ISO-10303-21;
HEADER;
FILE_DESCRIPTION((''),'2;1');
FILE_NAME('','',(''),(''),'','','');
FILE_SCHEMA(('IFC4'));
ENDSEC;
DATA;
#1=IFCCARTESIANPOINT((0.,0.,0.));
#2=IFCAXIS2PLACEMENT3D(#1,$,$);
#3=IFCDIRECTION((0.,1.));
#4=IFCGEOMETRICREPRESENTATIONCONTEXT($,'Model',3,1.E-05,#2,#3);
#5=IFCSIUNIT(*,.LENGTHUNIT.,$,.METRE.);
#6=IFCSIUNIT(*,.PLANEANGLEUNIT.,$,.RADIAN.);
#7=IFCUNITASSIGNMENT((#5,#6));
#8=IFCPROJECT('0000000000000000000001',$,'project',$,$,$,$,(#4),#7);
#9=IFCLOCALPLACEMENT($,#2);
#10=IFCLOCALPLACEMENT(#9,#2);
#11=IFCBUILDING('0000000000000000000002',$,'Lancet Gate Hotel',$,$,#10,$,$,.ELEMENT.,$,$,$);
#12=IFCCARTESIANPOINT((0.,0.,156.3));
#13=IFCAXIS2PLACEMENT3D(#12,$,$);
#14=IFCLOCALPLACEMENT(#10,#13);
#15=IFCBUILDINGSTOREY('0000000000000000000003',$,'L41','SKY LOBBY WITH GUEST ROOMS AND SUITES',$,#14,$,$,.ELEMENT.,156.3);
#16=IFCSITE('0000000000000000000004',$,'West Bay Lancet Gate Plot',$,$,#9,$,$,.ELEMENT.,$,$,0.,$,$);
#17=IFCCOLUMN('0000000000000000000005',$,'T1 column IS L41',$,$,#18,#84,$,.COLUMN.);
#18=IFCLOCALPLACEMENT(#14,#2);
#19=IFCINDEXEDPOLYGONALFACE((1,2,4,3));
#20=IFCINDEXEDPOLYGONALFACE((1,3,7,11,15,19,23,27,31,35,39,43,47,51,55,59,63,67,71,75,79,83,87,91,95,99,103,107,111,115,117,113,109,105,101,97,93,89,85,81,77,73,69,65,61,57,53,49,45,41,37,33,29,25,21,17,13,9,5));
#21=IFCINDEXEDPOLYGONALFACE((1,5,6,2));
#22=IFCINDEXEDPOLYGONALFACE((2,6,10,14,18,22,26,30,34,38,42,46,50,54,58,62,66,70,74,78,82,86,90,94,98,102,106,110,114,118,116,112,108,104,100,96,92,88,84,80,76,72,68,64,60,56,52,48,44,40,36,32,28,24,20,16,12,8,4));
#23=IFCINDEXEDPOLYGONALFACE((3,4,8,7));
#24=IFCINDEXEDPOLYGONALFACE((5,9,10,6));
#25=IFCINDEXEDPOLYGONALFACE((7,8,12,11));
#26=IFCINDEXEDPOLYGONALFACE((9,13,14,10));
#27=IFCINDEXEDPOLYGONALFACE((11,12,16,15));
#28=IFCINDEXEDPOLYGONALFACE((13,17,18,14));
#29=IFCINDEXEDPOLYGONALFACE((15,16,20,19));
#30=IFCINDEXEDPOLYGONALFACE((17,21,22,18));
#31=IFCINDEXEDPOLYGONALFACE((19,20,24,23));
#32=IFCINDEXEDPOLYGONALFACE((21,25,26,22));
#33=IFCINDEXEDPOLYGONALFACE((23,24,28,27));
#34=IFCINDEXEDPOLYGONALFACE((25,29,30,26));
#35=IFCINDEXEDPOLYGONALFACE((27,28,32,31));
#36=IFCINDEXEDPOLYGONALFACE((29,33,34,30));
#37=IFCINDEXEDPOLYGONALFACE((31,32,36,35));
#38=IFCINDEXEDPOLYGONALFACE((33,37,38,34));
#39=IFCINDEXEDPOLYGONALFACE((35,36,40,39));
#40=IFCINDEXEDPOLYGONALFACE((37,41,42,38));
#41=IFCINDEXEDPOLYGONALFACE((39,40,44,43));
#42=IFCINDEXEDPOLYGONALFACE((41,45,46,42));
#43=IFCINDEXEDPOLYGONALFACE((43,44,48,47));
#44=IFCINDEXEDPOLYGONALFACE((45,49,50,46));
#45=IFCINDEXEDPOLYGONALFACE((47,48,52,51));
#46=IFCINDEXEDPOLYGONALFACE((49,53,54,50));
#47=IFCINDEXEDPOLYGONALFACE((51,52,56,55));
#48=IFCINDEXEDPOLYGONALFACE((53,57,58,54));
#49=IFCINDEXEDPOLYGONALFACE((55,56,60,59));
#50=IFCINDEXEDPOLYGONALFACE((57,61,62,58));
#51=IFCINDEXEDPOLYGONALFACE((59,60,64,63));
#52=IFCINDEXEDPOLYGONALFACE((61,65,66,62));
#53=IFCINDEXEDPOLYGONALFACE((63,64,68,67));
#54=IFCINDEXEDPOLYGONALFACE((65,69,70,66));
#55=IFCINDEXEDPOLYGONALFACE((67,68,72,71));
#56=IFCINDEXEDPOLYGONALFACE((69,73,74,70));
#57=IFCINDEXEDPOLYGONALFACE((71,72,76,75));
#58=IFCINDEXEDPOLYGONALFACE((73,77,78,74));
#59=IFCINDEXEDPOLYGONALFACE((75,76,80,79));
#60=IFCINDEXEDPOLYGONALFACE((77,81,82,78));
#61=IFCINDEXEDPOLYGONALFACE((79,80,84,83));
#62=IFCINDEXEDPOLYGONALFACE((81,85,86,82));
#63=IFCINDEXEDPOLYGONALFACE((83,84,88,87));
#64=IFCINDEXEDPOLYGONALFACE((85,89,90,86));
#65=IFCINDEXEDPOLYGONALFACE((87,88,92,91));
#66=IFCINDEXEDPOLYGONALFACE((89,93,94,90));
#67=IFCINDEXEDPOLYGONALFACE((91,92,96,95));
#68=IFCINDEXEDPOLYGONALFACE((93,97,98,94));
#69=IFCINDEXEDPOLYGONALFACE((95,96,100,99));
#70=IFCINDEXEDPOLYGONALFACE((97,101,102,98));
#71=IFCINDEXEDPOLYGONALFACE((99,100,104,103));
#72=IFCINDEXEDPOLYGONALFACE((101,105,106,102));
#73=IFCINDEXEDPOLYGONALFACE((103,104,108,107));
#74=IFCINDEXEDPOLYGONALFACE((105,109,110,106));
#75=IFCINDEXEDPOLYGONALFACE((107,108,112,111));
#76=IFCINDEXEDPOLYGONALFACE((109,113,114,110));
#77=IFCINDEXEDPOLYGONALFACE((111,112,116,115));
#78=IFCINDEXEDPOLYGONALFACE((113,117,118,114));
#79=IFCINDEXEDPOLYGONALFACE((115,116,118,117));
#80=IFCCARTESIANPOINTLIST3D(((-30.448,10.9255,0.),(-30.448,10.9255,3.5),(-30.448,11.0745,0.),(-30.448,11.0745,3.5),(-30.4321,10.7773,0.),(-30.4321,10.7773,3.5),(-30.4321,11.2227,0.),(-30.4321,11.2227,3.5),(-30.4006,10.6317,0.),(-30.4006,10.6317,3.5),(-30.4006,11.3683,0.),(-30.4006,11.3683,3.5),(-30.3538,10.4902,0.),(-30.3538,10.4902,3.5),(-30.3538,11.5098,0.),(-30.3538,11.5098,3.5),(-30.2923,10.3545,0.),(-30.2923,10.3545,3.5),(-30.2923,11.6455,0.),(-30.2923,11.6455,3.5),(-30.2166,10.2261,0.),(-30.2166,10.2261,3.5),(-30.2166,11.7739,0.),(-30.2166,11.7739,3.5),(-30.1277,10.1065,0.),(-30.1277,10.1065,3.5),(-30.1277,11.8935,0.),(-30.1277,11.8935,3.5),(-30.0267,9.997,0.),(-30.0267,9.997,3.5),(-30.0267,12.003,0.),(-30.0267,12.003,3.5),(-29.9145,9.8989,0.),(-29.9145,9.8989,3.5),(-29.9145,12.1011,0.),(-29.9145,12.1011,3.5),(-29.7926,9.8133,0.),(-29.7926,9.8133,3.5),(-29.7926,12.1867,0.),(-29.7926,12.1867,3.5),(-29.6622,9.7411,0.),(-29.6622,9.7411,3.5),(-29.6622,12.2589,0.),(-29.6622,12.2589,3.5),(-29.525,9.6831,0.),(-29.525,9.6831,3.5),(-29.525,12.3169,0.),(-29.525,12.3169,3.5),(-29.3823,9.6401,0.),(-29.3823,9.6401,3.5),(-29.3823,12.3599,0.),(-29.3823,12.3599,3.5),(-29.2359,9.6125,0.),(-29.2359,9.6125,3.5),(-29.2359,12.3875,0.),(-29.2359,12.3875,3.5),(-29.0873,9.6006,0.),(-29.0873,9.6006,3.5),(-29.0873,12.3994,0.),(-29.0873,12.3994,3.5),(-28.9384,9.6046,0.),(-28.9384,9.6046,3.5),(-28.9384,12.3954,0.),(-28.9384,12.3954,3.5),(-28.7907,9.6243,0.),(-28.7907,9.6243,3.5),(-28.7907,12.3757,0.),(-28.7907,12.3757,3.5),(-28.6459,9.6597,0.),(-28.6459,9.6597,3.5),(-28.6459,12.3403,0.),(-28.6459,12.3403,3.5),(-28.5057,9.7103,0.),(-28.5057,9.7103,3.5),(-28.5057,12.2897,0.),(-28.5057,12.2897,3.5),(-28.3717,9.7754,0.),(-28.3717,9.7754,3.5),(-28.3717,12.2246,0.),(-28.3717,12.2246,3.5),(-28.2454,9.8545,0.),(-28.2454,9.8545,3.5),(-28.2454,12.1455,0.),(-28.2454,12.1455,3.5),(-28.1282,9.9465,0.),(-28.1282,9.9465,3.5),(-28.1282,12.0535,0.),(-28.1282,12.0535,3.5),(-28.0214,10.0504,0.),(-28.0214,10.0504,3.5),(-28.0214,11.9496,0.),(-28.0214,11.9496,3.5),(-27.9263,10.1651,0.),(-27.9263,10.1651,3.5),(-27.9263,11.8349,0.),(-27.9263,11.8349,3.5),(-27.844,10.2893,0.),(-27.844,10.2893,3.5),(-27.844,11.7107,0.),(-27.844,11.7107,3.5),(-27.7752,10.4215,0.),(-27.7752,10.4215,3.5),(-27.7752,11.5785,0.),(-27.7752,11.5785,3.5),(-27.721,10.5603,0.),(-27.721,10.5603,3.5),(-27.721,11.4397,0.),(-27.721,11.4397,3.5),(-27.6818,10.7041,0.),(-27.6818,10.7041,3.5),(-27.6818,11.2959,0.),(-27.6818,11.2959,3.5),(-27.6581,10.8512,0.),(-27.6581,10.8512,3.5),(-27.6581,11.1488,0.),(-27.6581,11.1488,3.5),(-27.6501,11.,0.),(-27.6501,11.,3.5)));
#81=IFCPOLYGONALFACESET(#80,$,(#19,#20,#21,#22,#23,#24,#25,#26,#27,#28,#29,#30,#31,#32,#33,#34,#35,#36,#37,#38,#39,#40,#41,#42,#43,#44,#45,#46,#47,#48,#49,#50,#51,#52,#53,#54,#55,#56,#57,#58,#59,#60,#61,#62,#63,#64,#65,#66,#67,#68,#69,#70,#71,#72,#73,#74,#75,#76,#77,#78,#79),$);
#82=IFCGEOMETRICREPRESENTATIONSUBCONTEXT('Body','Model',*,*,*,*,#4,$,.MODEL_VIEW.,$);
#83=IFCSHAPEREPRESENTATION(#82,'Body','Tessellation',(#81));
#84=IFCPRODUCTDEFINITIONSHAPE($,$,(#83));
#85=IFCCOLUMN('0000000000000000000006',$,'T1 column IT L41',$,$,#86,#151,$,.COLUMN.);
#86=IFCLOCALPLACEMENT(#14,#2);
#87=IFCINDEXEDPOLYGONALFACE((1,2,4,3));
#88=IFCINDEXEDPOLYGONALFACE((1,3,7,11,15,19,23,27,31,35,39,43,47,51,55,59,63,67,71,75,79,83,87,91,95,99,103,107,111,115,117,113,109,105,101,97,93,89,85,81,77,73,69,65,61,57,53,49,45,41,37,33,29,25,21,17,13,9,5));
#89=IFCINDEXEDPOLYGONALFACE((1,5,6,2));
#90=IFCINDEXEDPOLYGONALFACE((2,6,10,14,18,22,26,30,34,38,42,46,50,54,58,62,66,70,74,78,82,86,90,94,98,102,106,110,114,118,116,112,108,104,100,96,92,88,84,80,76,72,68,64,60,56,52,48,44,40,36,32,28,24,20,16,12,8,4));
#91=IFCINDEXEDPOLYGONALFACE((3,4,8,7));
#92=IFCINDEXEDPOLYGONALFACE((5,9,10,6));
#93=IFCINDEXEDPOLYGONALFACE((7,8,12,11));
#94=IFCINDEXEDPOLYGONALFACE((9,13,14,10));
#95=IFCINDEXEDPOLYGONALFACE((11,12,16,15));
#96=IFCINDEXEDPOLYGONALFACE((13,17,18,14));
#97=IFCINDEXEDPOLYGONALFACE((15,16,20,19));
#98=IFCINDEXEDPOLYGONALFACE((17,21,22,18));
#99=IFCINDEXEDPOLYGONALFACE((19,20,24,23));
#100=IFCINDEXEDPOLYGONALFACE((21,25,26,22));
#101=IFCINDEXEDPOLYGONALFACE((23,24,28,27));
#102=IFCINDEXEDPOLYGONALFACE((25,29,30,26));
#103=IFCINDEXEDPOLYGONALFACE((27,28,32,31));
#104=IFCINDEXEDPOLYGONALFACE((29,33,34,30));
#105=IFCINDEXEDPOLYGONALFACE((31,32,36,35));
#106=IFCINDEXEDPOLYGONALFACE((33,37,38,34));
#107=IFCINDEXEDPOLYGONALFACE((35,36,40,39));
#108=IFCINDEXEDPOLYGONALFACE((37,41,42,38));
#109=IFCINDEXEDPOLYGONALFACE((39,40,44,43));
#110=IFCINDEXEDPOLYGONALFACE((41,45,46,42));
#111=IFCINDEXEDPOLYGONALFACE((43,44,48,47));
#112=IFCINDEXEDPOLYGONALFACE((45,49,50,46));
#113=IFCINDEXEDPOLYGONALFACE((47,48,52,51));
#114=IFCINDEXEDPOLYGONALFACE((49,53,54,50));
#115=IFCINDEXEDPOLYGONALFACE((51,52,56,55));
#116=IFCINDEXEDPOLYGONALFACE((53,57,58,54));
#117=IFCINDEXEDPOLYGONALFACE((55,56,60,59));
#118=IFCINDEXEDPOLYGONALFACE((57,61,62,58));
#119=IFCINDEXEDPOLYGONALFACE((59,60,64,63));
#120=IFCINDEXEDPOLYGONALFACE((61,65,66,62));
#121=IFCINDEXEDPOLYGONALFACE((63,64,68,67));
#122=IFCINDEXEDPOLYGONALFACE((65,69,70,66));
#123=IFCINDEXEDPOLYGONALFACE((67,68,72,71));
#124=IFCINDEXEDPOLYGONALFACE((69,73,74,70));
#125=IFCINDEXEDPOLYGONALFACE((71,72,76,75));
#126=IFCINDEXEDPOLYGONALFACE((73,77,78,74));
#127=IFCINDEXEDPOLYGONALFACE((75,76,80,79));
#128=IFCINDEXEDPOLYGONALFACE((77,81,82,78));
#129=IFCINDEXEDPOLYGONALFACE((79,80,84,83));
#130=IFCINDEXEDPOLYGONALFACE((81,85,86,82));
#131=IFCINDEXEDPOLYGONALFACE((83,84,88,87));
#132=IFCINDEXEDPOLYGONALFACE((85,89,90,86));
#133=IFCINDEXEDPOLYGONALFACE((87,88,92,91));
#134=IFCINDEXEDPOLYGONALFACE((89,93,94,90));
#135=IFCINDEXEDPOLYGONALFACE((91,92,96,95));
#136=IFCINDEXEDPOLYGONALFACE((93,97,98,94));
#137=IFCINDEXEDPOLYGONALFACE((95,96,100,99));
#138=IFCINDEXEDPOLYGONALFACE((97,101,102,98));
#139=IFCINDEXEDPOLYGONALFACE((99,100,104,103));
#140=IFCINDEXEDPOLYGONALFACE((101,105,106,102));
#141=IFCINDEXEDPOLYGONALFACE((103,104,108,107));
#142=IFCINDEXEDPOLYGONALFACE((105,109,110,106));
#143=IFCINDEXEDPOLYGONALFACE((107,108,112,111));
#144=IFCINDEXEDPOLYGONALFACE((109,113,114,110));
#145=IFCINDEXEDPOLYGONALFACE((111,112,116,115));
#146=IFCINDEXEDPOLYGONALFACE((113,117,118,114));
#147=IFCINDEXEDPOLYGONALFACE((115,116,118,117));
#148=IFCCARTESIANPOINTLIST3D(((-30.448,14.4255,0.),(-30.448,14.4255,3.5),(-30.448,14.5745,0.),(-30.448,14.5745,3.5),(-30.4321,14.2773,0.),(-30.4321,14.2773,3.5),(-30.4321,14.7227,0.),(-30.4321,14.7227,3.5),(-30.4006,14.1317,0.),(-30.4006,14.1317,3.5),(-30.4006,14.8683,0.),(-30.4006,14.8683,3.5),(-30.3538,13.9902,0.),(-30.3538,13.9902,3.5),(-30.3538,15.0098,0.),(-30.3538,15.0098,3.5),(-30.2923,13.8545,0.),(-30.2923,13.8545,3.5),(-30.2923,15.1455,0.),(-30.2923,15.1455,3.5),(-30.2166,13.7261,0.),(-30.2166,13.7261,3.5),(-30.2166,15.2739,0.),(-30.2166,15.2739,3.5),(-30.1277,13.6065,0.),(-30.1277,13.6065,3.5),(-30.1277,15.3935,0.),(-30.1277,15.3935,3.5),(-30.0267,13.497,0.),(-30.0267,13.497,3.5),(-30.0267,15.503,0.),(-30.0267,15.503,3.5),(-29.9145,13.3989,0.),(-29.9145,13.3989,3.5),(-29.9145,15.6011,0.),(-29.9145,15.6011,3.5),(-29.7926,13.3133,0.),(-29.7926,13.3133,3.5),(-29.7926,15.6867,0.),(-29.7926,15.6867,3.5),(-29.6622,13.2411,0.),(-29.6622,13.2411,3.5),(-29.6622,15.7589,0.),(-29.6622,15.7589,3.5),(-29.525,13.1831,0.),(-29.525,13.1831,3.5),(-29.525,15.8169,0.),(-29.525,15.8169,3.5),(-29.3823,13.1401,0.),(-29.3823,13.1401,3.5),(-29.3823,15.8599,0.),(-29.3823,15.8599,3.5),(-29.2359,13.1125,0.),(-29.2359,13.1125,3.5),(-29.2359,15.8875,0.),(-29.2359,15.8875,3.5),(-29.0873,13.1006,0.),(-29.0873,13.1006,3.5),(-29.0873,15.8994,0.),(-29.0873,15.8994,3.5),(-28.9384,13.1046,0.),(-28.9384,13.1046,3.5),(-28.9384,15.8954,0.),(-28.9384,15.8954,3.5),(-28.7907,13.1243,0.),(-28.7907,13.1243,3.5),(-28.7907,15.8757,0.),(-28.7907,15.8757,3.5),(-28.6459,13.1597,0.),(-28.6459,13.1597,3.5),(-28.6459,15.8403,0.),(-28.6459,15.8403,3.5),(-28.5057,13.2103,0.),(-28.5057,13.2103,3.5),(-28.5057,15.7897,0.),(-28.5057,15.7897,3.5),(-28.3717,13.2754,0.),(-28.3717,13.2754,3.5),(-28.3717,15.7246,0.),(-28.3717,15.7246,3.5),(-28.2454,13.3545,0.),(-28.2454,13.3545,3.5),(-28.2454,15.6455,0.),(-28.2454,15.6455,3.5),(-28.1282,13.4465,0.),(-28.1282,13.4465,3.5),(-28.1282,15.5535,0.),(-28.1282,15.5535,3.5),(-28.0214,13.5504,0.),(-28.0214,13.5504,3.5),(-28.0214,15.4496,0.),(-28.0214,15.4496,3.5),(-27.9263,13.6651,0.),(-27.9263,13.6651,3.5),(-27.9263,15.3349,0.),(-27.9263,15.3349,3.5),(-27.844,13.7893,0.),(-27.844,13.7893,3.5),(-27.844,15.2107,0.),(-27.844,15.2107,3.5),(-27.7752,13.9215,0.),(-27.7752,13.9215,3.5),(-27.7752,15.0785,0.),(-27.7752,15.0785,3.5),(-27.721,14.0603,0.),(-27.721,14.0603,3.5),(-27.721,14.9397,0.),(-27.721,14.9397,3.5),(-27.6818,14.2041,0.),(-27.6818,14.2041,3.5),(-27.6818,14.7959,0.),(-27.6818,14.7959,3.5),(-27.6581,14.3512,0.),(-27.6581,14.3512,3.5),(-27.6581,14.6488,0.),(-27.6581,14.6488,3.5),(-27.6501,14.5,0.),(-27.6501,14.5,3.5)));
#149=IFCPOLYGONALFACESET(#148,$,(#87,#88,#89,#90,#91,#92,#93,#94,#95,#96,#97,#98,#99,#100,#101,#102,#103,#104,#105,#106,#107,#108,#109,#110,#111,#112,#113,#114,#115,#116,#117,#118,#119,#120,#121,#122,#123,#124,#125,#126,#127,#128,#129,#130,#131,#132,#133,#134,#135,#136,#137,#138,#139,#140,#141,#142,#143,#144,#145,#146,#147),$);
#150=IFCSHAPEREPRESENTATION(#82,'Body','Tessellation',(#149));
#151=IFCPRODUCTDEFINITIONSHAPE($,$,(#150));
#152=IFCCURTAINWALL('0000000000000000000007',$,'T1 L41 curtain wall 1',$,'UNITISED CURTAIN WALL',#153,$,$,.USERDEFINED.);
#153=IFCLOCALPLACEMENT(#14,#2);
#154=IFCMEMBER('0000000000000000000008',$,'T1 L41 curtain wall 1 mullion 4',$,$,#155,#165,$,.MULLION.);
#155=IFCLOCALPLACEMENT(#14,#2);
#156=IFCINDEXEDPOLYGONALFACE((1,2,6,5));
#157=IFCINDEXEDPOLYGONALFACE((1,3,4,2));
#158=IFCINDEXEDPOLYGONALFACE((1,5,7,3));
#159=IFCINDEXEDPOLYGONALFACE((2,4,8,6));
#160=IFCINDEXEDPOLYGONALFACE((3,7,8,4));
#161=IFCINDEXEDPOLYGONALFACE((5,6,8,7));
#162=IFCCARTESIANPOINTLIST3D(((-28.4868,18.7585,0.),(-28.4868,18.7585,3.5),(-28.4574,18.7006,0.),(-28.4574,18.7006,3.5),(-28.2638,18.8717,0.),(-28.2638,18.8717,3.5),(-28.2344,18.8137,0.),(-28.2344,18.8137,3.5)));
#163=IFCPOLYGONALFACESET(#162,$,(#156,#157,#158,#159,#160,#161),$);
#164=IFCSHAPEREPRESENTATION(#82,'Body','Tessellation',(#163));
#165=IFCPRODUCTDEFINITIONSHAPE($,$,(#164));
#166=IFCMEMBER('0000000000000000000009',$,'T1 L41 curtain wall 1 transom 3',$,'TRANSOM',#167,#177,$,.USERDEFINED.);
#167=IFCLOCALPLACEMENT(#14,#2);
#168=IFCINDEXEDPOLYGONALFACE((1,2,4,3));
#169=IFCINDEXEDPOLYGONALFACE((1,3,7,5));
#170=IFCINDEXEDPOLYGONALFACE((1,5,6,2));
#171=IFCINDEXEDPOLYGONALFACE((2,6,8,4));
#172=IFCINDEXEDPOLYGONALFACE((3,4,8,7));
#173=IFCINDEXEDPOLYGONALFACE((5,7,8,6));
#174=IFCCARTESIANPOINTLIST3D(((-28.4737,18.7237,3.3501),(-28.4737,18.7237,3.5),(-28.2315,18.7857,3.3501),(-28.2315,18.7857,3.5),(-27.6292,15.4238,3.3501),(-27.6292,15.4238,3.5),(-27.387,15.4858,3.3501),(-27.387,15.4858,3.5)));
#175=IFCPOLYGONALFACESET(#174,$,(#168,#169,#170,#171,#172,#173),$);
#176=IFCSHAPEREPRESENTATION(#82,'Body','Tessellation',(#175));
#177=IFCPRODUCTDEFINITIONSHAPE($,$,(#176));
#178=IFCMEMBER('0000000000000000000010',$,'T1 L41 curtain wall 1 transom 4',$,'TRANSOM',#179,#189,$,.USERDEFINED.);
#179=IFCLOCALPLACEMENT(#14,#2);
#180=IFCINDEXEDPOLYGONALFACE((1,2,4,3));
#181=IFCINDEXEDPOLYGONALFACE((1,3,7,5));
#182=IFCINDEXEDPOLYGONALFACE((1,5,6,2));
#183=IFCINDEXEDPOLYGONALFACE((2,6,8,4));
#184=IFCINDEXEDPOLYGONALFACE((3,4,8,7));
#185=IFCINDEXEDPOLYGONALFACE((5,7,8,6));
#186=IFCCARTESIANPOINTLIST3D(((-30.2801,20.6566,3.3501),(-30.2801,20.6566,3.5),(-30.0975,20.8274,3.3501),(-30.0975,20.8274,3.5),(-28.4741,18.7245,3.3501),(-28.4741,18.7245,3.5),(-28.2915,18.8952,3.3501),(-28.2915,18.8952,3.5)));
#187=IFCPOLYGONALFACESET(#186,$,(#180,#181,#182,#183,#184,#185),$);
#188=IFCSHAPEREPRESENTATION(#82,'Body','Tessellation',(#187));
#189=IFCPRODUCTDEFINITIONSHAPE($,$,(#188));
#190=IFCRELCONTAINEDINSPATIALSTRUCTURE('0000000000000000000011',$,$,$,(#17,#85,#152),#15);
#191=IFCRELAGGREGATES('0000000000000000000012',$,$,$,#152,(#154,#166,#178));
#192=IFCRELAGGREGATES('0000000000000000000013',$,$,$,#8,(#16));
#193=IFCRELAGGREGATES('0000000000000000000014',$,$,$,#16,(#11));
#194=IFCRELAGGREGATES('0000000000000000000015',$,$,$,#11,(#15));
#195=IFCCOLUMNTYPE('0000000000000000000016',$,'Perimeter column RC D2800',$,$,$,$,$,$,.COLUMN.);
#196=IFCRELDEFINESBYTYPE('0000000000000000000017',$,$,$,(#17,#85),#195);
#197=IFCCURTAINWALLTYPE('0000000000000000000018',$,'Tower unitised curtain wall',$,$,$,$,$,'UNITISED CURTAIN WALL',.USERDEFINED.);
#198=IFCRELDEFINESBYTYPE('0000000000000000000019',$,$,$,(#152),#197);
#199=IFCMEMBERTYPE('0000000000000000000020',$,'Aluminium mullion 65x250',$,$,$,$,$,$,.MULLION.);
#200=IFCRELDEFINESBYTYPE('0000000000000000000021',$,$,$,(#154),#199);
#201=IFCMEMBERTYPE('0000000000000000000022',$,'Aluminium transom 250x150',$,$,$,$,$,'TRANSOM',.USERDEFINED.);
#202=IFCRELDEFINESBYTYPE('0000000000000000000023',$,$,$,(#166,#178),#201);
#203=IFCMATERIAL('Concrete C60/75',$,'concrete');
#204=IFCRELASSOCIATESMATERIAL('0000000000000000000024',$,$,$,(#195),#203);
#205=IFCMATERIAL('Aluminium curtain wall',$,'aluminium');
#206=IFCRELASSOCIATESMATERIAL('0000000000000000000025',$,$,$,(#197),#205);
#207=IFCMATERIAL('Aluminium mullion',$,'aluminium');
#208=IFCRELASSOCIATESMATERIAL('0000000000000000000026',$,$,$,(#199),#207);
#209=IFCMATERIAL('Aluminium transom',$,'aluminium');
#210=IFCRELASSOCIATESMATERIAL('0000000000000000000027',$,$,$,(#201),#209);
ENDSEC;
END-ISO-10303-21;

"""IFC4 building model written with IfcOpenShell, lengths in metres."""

from ifc_helpers import new_model, si_unit, direction, frame, origin, origin_2d, place, context, subcontext, project, spatial, rectangle, circle, extrude, material, material_profile, profile_set, type_object, element, aggregate, save


model = new_model("IFC4")

# Units and contexts
model_context = context("Model", 3, precision=1e-05, world=origin(), true_north=direction((0.0, 1.0)))
body_context = subcontext(model_context, "Body", "Model", "MODEL_VIEW")
ifc_project = project(units=[si_unit("LENGTHUNIT", "METRE"), si_unit("PLANEANGLEUNIT", "RADIAN")], contexts=[model_context])

# Site, building, storey
site_placement = place(None, origin())
site = spatial("IfcSite", under=ifc_project, at=site_placement, Name="West Bay Lancet Gate Plot", CompositionType="ELEMENT", RefElevation=0.0)
building_placement = place(site_placement, origin())
building = spatial("IfcBuilding", under=site, at=building_placement, Name="Lancet Gate Hotel", CompositionType="ELEMENT")
storey_placement = place(building_placement, frame((0.0, 0.0, 156.3)))
storey = spatial("IfcBuildingStorey", under=building, at=storey_placement, Name="L41", Description="SKY LOBBY WITH GUEST ROOMS AND SUITES", CompositionType="ELEMENT", Elevation=156.3)

# Columns
ifc_material_1 = material(Name="Concrete C60/75", Category="concrete")
ifc_material_profile_1 = material_profile(ifc_material_1, circle(Radius=1.3999, at=origin_2d()), Name="RC D2800")
ifc_profile_set_1 = profile_set([ifc_material_profile_1], Name="Concrete C60/75")
column_type = type_object("IfcColumnType", Name="Perimeter column RC D2800", PredefinedType="COLUMN", material=ifc_profile_set_1)
for number, where, z_axis, x_axis, name in (
    (1, (-29.05, 11.0, 0.0), (0.0, 0.0, 1.0), (1.0, 0.0, 0.0), "T1 column IS L41"),
    (2, (-29.05, 14.5, 0.0), (0.0, 0.0, 1.0), (1.0, 0.0, 0.0), "T1 column IT L41"),
):
    element("IfcColumn", number, at=place(storey_placement, frame(where, z_axis=z_axis, x_axis=x_axis)), inside=storey, type_object=column_type, Name=name, PredefinedType="COLUMN", context=body_context, shape_type="SweptSolid", body=[
        extrude(circle(Radius=1.3999, at=origin_2d()), origin(), (0.0, 0.0, 1.0), 3.5),
    ])

# Curtain wall, members
ifc_material_2 = material(Name="Aluminium curtain wall", Category="aluminium")
curtain_wall_type = type_object("IfcCurtainWallType", Name="Tower unitised curtain wall", ElementType="UNITISED CURTAIN WALL", PredefinedType="USERDEFINED", material=ifc_material_2)
curtain_wall_placement = place(storey_placement, origin())
curtain_wall = element("IfcCurtainWall", 3, at=curtain_wall_placement, inside=storey, type_object=curtain_wall_type, Name="T1 L41 curtain wall 1", ObjectType="UNITISED CURTAIN WALL", PredefinedType="USERDEFINED")
ifc_material_3 = material(Name="Aluminium mullion", Category="aluminium")
ifc_material_profile_2 = material_profile(ifc_material_3, rectangle(XDim=0.0649, YDim=0.25, at=origin_2d()), Name="MULLION 65x250")
ifc_profile_set_2 = profile_set([ifc_material_profile_2], Name="Aluminium mullion")
member_type_1 = type_object("IfcMemberType", Name="Aluminium mullion 65x250", PredefinedType="MULLION", material=ifc_profile_set_2)
member_1_placement = place(storey_placement, frame((-28.3606, 18.7861, 0.0), z_axis=(0.0, 0.0, 1.0), x_axis=(-0.452508, 0.891761, 0.0)))
member_1 = element("IfcMember", 4, at=member_1_placement, type_object=member_type_1, Name="T1 L41 curtain wall 1 mullion 4", PredefinedType="MULLION", context=body_context, shape_type="SweptSolid", body=[
    extrude(rectangle(XDim=0.0649, YDim=0.25, at=origin_2d()), origin(), (0.0, 0.0, 1.0), 3.5),
])
ifc_material_4 = material(Name="Aluminium transom", Category="aluminium")
ifc_material_profile_3 = material_profile(ifc_material_4, rectangle(XDim=0.25, YDim=0.1499, at=origin_2d()), Name="TRANSOM 250x150")
ifc_profile_set_3 = profile_set([ifc_material_profile_3], Name="Aluminium transom")
member_type_2 = type_object("IfcMemberType", Name="Aluminium transom 250x150", ElementType="TRANSOM", PredefinedType="USERDEFINED", material=ifc_profile_set_3)
member_2_placement = place(storey_placement, frame((-27.5081, 15.4548, 3.425), z_axis=(-0.247929, 0.968778, 0.0), x_axis=(-0.968778, -0.247929, 0.0)))
member_2 = element("IfcMember", 5, at=member_2_placement, type_object=member_type_2, Name="T1 L41 curtain wall 1 transom 3", ObjectType="TRANSOM", PredefinedType="USERDEFINED", context=body_context, shape_type="SweptSolid", body=[
    extrude(rectangle(XDim=0.25, YDim=0.1499, at=origin_2d()), origin(), (0.0, 0.0, 1.0), 3.4062),
])
member_3_placement = place(storey_placement, frame((-28.3828, 18.8098, 3.425), z_axis=(-0.682841, 0.730567, 0.0), x_axis=(-0.730567, -0.682841, 0.0)))
member_3 = element("IfcMember", 6, at=member_3_placement, type_object=member_type_2, Name="T1 L41 curtain wall 1 transom 4", ObjectType="TRANSOM", PredefinedType="USERDEFINED", context=body_context, shape_type="SweptSolid", body=[
    extrude(rectangle(XDim=0.25, YDim=0.1499, at=origin_2d()), origin(), (0.0, 0.0, 1.0), 2.6448),
])

aggregate(curtain_wall, [member_1, member_2, member_3])

save(model, "model.ifc")
